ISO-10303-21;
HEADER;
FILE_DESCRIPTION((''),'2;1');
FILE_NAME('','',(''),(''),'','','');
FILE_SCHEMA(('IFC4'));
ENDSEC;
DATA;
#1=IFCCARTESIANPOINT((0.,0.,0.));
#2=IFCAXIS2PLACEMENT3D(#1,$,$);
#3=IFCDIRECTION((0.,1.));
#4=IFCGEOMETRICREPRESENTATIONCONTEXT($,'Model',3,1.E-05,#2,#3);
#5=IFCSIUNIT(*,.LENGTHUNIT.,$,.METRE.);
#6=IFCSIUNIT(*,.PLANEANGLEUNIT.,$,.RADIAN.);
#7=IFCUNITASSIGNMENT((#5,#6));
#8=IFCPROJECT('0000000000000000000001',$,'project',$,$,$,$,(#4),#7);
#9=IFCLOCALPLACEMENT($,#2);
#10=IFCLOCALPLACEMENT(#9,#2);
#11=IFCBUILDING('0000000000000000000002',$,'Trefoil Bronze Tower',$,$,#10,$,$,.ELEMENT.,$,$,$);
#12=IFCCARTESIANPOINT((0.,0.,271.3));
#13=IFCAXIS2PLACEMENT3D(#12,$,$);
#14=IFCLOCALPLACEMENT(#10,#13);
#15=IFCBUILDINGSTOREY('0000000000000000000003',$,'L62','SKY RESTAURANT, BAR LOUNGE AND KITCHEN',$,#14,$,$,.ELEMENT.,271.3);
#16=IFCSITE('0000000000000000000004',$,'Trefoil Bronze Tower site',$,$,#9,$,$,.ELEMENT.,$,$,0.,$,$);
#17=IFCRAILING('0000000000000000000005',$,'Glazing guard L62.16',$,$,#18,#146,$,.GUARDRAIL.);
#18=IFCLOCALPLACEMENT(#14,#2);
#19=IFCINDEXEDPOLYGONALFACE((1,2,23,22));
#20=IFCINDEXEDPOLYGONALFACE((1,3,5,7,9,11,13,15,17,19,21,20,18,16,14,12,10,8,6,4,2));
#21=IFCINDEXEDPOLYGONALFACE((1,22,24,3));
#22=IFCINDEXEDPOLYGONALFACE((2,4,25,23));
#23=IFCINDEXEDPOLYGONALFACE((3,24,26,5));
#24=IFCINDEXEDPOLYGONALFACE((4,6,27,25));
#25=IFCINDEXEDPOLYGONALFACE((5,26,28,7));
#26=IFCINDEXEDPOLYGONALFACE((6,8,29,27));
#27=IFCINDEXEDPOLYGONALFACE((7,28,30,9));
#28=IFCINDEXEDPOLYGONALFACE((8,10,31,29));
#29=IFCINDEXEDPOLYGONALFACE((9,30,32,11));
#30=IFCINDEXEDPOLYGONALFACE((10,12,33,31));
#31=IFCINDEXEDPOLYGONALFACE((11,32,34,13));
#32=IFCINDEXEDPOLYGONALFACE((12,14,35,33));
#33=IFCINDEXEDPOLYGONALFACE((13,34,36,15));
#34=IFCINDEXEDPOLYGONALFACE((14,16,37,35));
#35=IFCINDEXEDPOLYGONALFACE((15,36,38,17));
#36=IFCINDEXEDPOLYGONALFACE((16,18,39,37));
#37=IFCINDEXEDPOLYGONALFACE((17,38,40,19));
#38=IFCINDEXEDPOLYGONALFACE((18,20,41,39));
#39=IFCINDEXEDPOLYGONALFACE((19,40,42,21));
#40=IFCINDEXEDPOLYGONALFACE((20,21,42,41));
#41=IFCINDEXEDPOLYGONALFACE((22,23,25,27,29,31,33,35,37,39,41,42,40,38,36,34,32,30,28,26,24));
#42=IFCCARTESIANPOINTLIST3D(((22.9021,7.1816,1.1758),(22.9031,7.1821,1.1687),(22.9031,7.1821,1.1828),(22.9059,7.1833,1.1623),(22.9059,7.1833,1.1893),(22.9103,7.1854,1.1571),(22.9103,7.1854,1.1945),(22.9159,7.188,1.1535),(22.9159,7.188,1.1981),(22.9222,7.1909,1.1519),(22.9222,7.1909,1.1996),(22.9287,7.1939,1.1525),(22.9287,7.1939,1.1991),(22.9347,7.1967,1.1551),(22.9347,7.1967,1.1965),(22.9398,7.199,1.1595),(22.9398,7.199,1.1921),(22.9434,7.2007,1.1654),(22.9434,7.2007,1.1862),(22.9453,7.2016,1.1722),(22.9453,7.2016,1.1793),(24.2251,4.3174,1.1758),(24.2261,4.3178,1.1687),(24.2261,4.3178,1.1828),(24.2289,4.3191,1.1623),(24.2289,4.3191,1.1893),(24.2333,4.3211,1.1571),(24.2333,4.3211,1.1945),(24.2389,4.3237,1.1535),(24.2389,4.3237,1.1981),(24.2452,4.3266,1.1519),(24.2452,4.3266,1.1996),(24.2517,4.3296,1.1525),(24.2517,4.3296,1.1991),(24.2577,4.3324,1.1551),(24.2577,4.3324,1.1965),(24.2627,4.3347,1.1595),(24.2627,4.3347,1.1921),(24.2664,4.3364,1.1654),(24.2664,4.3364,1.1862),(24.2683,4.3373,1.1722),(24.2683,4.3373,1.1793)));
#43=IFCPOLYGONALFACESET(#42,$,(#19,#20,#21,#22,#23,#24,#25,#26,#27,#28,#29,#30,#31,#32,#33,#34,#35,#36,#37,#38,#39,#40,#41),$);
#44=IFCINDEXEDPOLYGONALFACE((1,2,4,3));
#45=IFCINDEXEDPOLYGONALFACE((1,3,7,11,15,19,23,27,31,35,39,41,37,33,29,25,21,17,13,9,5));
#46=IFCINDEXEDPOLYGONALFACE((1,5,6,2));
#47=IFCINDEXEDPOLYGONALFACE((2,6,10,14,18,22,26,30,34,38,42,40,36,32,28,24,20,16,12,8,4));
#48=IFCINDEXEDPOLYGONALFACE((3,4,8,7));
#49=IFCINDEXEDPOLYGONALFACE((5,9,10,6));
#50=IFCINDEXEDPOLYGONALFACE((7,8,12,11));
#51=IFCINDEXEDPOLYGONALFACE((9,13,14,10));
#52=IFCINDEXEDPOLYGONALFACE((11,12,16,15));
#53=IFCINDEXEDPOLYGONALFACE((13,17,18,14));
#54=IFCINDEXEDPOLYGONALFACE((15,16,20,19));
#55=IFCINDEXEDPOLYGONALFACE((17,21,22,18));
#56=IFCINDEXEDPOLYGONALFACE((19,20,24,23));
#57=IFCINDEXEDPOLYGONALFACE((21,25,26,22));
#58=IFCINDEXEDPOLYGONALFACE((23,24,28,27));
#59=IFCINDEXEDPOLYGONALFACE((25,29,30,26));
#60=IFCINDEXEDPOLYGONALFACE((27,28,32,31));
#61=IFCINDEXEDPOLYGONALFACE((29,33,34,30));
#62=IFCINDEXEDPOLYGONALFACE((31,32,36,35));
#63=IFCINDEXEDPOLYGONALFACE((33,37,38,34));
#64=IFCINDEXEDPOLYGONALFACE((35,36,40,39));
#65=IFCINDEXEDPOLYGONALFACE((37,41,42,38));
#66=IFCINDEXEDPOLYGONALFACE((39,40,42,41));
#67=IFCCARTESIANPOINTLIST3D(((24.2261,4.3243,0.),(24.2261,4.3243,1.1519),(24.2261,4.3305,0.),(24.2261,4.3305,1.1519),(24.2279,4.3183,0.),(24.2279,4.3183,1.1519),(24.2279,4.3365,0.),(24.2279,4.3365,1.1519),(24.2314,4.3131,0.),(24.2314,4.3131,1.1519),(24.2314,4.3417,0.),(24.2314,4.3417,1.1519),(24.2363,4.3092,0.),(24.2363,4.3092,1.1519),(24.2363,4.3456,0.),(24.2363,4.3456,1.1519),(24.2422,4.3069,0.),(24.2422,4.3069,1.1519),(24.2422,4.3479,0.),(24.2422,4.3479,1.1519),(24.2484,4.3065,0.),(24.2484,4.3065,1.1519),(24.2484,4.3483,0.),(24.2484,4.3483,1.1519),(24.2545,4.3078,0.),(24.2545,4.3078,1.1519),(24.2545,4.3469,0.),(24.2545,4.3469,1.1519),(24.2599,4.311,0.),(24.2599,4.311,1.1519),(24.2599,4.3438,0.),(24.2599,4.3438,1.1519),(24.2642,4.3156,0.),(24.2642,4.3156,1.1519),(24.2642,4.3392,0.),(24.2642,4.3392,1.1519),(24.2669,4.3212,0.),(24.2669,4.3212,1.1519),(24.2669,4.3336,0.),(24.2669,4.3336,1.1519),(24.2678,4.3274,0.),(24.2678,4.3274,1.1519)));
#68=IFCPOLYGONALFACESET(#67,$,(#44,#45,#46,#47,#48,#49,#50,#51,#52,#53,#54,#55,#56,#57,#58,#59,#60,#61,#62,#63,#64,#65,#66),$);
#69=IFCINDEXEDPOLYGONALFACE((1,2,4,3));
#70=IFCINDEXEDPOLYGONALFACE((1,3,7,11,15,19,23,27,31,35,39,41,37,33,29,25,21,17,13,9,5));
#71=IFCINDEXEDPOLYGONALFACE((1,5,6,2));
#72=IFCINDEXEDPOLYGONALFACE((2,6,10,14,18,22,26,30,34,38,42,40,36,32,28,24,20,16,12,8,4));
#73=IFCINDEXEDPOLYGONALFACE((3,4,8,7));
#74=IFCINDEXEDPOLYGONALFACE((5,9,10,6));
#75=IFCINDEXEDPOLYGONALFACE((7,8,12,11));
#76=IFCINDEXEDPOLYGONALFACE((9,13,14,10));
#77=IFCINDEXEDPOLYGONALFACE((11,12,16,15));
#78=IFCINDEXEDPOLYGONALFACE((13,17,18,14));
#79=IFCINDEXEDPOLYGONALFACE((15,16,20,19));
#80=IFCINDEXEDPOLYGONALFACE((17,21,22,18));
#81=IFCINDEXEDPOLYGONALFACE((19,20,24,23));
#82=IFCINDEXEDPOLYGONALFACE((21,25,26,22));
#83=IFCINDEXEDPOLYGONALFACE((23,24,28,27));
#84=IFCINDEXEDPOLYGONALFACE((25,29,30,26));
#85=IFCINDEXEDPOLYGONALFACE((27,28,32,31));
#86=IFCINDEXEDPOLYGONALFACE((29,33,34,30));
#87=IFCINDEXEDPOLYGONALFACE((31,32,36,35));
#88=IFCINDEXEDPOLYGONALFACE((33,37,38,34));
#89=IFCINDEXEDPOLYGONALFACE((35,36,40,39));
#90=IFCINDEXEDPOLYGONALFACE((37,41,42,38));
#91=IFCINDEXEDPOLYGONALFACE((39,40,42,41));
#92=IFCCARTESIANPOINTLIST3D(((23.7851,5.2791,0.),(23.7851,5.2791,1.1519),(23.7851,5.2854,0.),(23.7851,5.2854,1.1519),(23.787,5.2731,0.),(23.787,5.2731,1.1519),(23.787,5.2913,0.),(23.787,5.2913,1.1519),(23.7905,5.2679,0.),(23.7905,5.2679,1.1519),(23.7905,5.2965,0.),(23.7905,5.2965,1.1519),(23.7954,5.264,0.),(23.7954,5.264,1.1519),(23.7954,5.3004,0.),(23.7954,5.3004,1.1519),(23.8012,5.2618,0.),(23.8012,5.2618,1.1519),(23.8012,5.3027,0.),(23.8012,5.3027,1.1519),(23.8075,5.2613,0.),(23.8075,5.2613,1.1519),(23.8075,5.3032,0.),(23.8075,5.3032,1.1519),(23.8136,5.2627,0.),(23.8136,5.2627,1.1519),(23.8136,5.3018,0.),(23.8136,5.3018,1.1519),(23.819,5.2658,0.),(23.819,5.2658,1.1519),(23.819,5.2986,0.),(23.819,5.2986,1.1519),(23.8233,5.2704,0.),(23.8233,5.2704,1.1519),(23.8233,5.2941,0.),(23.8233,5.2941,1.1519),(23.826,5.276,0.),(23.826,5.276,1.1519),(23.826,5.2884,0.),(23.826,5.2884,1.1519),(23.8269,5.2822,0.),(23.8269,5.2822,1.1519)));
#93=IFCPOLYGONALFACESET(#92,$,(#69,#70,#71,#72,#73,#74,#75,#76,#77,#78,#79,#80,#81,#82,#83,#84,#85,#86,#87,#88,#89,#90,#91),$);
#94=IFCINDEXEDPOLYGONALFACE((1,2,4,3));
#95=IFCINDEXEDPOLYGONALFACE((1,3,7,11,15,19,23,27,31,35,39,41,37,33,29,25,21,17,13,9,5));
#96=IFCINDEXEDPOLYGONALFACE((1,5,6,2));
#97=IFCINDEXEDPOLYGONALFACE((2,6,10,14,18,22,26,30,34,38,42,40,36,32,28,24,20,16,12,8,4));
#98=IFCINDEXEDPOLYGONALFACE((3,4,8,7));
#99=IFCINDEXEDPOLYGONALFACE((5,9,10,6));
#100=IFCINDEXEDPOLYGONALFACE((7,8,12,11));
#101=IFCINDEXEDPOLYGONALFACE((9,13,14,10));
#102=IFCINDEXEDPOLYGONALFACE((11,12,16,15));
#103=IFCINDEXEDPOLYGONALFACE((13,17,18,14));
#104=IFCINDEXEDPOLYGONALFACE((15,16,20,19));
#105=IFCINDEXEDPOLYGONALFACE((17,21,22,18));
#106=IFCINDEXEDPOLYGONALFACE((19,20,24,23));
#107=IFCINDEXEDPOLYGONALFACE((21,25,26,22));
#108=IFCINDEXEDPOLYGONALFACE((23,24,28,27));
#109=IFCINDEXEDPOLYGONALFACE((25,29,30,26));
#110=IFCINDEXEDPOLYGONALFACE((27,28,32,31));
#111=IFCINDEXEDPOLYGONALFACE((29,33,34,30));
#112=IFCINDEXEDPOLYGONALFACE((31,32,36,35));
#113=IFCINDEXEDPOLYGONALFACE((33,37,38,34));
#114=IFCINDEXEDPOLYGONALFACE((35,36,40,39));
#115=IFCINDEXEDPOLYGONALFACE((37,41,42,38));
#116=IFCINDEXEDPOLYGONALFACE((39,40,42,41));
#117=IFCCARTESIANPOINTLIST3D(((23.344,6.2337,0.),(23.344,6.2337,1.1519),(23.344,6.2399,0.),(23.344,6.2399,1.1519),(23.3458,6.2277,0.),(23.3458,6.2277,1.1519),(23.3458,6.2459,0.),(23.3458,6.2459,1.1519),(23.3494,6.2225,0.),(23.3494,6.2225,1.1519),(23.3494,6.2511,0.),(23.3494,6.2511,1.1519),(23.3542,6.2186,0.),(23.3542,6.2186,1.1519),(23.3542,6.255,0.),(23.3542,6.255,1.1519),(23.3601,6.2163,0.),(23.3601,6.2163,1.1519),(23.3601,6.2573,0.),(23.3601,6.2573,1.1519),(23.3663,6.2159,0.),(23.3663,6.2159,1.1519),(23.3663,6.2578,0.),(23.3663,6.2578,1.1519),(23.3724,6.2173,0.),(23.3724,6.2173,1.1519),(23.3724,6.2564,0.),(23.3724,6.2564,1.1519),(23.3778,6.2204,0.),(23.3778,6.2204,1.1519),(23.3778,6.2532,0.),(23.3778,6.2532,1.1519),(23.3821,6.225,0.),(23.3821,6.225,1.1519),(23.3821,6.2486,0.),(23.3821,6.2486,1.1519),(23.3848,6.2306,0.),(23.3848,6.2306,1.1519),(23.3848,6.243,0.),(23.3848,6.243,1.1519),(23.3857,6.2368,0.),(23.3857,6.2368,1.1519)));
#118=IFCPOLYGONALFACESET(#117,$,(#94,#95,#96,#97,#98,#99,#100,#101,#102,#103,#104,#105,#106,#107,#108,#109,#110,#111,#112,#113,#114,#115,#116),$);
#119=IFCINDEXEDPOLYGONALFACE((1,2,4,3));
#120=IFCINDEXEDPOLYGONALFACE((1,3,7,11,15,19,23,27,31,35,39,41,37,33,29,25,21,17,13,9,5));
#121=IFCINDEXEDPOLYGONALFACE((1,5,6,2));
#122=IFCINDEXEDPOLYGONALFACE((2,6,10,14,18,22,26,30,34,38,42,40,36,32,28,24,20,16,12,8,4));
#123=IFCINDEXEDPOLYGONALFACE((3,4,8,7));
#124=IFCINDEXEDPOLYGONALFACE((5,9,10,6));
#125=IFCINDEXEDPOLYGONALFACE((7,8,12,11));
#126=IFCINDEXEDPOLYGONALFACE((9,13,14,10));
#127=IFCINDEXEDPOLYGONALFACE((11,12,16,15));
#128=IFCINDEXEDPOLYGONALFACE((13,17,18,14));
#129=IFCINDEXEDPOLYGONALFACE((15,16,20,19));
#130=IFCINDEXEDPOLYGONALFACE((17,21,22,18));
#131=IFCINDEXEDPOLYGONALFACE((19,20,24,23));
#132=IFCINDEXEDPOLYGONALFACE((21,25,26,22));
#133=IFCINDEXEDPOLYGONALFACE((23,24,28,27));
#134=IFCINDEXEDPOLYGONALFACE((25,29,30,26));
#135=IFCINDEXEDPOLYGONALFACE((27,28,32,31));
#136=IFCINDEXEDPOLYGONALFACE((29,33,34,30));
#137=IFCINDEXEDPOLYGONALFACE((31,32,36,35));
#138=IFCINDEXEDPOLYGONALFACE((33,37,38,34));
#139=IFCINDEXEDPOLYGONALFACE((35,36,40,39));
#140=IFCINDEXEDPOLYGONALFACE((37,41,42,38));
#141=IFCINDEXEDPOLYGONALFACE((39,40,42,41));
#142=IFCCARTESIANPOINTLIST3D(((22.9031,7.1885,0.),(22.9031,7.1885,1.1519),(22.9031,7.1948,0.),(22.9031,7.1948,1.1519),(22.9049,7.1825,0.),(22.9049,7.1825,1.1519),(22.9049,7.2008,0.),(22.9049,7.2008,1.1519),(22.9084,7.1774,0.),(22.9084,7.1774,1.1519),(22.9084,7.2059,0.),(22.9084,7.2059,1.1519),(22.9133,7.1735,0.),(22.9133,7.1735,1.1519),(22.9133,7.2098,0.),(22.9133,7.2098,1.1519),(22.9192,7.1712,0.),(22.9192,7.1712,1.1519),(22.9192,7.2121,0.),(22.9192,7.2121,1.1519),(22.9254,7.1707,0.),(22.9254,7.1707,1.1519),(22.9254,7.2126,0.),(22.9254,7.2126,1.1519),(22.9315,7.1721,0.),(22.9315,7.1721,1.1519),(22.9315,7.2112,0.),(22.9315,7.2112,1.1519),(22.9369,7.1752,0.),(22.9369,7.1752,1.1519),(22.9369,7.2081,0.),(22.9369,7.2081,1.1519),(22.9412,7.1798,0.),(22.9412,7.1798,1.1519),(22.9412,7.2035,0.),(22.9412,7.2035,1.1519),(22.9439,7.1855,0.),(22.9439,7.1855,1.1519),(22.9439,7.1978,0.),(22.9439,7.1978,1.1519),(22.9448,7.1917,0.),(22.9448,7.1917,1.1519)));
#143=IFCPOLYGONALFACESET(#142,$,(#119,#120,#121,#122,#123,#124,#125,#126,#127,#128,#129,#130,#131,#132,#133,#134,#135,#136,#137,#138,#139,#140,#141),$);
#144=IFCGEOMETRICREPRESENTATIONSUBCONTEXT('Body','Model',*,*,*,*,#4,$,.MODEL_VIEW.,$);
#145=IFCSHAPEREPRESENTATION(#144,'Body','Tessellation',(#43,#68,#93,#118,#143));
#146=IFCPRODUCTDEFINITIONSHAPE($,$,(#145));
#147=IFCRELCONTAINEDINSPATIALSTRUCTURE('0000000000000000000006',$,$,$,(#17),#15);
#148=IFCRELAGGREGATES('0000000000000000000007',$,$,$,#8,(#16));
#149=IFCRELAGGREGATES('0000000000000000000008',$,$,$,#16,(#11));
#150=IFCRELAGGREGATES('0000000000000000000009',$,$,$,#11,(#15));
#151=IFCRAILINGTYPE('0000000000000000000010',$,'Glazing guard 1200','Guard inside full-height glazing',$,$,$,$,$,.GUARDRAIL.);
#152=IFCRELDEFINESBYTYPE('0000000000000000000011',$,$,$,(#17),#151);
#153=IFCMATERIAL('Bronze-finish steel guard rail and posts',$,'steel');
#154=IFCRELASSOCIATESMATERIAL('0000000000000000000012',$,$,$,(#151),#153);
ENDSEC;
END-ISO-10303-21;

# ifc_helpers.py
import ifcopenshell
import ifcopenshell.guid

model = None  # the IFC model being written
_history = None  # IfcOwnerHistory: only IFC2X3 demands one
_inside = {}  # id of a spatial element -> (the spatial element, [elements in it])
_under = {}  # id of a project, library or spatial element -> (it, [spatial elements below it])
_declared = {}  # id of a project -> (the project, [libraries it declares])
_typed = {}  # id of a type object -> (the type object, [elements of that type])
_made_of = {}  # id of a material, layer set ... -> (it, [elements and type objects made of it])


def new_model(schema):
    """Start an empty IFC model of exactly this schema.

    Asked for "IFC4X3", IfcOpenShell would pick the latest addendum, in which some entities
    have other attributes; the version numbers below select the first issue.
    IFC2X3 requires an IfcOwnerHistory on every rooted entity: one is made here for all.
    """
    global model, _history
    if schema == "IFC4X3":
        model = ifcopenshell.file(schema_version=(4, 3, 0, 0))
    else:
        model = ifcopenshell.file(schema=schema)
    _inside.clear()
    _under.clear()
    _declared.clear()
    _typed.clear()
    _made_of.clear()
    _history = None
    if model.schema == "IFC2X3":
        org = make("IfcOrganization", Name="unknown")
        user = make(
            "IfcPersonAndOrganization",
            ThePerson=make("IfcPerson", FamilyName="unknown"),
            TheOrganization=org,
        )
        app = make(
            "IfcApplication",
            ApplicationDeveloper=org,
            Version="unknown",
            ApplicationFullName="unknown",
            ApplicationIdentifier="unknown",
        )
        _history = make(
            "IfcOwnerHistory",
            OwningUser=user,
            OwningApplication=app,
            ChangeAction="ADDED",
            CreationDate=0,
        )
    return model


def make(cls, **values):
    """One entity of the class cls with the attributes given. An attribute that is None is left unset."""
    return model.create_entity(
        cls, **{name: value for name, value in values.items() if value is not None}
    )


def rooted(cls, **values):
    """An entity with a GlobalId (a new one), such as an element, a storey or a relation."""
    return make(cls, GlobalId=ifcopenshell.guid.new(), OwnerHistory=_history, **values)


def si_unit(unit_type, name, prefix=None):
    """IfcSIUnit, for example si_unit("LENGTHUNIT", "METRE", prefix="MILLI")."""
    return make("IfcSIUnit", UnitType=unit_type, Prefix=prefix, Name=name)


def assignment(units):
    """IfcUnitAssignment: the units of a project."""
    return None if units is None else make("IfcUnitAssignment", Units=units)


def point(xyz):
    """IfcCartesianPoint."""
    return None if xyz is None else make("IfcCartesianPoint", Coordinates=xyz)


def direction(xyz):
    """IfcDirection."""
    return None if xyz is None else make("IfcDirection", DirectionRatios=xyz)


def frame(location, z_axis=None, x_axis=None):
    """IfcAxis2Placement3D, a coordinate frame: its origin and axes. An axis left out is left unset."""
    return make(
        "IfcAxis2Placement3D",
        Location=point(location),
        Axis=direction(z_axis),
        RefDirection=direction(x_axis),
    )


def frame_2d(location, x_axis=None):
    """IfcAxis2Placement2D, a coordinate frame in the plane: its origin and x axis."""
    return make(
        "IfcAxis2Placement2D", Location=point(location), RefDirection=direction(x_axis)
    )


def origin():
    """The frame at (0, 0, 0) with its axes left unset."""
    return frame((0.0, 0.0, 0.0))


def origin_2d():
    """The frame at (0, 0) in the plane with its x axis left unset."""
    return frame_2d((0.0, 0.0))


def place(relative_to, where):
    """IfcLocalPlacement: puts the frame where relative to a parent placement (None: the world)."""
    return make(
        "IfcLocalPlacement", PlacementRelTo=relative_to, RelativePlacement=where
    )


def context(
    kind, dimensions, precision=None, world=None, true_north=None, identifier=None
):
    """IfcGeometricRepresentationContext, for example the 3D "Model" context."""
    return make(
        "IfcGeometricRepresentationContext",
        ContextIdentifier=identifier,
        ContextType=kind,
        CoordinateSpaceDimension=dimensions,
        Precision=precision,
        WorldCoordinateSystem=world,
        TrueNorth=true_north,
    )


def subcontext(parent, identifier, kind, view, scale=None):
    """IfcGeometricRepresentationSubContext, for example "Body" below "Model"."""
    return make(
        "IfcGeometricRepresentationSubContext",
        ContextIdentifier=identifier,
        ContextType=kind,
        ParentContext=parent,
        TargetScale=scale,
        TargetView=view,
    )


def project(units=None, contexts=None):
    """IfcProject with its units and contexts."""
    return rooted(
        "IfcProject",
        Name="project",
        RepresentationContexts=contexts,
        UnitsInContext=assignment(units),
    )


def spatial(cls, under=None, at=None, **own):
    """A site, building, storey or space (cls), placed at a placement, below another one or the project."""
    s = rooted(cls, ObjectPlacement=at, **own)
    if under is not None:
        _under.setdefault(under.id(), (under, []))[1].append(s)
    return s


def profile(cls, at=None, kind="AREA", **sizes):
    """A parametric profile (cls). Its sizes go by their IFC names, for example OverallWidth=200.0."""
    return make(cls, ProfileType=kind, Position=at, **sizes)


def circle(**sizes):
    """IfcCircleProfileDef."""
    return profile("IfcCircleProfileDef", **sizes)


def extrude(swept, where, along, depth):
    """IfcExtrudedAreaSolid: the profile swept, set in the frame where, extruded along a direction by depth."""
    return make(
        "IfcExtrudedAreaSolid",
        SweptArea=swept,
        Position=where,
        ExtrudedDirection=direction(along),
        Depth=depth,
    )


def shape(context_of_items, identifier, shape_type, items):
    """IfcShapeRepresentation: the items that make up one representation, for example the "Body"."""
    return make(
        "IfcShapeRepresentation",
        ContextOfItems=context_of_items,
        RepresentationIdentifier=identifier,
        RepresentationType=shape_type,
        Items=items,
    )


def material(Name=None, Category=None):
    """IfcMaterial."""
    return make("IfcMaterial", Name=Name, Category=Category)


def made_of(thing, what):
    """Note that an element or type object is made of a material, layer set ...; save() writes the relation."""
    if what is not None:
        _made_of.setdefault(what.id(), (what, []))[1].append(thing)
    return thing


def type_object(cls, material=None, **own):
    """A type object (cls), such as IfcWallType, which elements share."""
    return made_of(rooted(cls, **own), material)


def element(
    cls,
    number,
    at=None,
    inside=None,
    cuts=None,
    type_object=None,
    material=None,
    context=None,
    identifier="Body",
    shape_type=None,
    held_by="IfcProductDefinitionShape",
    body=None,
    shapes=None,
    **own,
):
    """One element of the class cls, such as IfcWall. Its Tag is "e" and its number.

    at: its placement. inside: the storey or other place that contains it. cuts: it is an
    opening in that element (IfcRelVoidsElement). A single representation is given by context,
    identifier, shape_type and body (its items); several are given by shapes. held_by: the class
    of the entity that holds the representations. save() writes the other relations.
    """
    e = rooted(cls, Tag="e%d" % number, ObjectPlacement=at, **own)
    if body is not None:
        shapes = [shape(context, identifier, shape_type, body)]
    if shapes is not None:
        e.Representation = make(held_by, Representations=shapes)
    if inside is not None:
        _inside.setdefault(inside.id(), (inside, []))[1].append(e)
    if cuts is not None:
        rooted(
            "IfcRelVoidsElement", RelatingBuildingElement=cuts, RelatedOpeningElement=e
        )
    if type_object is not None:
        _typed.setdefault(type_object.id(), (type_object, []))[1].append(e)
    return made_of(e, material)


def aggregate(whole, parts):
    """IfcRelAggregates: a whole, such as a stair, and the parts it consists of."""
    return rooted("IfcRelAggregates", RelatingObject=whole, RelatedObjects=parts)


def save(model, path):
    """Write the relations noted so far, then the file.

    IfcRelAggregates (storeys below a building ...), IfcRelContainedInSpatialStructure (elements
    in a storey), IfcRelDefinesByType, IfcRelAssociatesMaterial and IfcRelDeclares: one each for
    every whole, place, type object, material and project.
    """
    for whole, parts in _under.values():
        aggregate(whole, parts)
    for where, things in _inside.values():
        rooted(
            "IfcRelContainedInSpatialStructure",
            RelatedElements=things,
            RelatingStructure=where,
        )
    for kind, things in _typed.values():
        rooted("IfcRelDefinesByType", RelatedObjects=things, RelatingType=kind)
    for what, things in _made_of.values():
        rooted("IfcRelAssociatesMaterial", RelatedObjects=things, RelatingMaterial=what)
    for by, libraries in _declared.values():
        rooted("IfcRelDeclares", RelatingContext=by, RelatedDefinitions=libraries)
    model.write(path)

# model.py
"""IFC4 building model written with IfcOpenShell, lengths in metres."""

from ifc_helpers import new_model, si_unit, direction, frame, origin, origin_2d, place, context, subcontext, project, spatial, circle, extrude, material, type_object, element, save


model = new_model("IFC4")

# Units and contexts
model_context = context("Model", 3, precision=1e-05, world=origin(), true_north=direction((0.0, 1.0)))
body_context = subcontext(model_context, "Body", "Model", "MODEL_VIEW")
ifc_project = project(units=[si_unit("LENGTHUNIT", "METRE"), si_unit("PLANEANGLEUNIT", "RADIAN")], contexts=[model_context])

# Site, building, storey
site_placement = place(None, origin())
site = spatial("IfcSite", under=ifc_project, at=site_placement, Name="Trefoil Bronze Tower site", CompositionType="ELEMENT", RefElevation=0.0)
building_placement = place(site_placement, origin())
building = spatial("IfcBuilding", under=site, at=building_placement, Name="Trefoil Bronze Tower", CompositionType="ELEMENT")
storey_placement = place(building_placement, frame((0.0, 0.0, 271.3)))
storey = spatial("IfcBuildingStorey", under=building, at=storey_placement, Name="L62", Description="SKY RESTAURANT, BAR LOUNGE AND KITCHEN", CompositionType="ELEMENT", Elevation=271.3)

# Railing
ifc_material_1 = material(Name="Bronze-finish steel guard rail and posts", Category="steel")
railing_type = type_object("IfcRailingType", Name="Glazing guard 1200", Description="Guard inside full-height glazing", PredefinedType="GUARDRAIL", material=ifc_material_1)
railing_1_placement = place(storey_placement, frame((24.2468, 4.3274, 0.0)))
element("IfcRailing", 1, at=railing_1_placement, inside=storey, type_object=railing_type, Name="Glazing guard L62.16", PredefinedType="GUARDRAIL", context=body_context, shape_type="SweptSolid", body=[
    extrude(circle(Radius=0.0239, at=origin_2d()), frame((0.0, 0.0, 1.1758), z_axis=(-0.419328, 0.907835, 0.0), x_axis=(-0.907835, -0.419328, 0.0)), (0.0, 0.0, 1.0), 3.155),
    extrude(circle(Radius=0.021, at=origin_2d()), origin(), (0.0, 0.0, 1.0), 1.1519),
    extrude(circle(Radius=0.021, at=origin_2d()), frame((-0.4409, 0.9548, 0.0)), (0.0, 0.0, 1.0), 1.1519),
    extrude(circle(Radius=0.021, at=origin_2d()), frame((-0.8821, 1.9094, 0.0)), (0.0, 0.0, 1.0), 1.1519),
    extrude(circle(Radius=0.021, at=origin_2d()), frame((-1.323, 2.8643, 0.0)), (0.0, 0.0, 1.0), 1.1519),
])

save(model, "model.ifc")
